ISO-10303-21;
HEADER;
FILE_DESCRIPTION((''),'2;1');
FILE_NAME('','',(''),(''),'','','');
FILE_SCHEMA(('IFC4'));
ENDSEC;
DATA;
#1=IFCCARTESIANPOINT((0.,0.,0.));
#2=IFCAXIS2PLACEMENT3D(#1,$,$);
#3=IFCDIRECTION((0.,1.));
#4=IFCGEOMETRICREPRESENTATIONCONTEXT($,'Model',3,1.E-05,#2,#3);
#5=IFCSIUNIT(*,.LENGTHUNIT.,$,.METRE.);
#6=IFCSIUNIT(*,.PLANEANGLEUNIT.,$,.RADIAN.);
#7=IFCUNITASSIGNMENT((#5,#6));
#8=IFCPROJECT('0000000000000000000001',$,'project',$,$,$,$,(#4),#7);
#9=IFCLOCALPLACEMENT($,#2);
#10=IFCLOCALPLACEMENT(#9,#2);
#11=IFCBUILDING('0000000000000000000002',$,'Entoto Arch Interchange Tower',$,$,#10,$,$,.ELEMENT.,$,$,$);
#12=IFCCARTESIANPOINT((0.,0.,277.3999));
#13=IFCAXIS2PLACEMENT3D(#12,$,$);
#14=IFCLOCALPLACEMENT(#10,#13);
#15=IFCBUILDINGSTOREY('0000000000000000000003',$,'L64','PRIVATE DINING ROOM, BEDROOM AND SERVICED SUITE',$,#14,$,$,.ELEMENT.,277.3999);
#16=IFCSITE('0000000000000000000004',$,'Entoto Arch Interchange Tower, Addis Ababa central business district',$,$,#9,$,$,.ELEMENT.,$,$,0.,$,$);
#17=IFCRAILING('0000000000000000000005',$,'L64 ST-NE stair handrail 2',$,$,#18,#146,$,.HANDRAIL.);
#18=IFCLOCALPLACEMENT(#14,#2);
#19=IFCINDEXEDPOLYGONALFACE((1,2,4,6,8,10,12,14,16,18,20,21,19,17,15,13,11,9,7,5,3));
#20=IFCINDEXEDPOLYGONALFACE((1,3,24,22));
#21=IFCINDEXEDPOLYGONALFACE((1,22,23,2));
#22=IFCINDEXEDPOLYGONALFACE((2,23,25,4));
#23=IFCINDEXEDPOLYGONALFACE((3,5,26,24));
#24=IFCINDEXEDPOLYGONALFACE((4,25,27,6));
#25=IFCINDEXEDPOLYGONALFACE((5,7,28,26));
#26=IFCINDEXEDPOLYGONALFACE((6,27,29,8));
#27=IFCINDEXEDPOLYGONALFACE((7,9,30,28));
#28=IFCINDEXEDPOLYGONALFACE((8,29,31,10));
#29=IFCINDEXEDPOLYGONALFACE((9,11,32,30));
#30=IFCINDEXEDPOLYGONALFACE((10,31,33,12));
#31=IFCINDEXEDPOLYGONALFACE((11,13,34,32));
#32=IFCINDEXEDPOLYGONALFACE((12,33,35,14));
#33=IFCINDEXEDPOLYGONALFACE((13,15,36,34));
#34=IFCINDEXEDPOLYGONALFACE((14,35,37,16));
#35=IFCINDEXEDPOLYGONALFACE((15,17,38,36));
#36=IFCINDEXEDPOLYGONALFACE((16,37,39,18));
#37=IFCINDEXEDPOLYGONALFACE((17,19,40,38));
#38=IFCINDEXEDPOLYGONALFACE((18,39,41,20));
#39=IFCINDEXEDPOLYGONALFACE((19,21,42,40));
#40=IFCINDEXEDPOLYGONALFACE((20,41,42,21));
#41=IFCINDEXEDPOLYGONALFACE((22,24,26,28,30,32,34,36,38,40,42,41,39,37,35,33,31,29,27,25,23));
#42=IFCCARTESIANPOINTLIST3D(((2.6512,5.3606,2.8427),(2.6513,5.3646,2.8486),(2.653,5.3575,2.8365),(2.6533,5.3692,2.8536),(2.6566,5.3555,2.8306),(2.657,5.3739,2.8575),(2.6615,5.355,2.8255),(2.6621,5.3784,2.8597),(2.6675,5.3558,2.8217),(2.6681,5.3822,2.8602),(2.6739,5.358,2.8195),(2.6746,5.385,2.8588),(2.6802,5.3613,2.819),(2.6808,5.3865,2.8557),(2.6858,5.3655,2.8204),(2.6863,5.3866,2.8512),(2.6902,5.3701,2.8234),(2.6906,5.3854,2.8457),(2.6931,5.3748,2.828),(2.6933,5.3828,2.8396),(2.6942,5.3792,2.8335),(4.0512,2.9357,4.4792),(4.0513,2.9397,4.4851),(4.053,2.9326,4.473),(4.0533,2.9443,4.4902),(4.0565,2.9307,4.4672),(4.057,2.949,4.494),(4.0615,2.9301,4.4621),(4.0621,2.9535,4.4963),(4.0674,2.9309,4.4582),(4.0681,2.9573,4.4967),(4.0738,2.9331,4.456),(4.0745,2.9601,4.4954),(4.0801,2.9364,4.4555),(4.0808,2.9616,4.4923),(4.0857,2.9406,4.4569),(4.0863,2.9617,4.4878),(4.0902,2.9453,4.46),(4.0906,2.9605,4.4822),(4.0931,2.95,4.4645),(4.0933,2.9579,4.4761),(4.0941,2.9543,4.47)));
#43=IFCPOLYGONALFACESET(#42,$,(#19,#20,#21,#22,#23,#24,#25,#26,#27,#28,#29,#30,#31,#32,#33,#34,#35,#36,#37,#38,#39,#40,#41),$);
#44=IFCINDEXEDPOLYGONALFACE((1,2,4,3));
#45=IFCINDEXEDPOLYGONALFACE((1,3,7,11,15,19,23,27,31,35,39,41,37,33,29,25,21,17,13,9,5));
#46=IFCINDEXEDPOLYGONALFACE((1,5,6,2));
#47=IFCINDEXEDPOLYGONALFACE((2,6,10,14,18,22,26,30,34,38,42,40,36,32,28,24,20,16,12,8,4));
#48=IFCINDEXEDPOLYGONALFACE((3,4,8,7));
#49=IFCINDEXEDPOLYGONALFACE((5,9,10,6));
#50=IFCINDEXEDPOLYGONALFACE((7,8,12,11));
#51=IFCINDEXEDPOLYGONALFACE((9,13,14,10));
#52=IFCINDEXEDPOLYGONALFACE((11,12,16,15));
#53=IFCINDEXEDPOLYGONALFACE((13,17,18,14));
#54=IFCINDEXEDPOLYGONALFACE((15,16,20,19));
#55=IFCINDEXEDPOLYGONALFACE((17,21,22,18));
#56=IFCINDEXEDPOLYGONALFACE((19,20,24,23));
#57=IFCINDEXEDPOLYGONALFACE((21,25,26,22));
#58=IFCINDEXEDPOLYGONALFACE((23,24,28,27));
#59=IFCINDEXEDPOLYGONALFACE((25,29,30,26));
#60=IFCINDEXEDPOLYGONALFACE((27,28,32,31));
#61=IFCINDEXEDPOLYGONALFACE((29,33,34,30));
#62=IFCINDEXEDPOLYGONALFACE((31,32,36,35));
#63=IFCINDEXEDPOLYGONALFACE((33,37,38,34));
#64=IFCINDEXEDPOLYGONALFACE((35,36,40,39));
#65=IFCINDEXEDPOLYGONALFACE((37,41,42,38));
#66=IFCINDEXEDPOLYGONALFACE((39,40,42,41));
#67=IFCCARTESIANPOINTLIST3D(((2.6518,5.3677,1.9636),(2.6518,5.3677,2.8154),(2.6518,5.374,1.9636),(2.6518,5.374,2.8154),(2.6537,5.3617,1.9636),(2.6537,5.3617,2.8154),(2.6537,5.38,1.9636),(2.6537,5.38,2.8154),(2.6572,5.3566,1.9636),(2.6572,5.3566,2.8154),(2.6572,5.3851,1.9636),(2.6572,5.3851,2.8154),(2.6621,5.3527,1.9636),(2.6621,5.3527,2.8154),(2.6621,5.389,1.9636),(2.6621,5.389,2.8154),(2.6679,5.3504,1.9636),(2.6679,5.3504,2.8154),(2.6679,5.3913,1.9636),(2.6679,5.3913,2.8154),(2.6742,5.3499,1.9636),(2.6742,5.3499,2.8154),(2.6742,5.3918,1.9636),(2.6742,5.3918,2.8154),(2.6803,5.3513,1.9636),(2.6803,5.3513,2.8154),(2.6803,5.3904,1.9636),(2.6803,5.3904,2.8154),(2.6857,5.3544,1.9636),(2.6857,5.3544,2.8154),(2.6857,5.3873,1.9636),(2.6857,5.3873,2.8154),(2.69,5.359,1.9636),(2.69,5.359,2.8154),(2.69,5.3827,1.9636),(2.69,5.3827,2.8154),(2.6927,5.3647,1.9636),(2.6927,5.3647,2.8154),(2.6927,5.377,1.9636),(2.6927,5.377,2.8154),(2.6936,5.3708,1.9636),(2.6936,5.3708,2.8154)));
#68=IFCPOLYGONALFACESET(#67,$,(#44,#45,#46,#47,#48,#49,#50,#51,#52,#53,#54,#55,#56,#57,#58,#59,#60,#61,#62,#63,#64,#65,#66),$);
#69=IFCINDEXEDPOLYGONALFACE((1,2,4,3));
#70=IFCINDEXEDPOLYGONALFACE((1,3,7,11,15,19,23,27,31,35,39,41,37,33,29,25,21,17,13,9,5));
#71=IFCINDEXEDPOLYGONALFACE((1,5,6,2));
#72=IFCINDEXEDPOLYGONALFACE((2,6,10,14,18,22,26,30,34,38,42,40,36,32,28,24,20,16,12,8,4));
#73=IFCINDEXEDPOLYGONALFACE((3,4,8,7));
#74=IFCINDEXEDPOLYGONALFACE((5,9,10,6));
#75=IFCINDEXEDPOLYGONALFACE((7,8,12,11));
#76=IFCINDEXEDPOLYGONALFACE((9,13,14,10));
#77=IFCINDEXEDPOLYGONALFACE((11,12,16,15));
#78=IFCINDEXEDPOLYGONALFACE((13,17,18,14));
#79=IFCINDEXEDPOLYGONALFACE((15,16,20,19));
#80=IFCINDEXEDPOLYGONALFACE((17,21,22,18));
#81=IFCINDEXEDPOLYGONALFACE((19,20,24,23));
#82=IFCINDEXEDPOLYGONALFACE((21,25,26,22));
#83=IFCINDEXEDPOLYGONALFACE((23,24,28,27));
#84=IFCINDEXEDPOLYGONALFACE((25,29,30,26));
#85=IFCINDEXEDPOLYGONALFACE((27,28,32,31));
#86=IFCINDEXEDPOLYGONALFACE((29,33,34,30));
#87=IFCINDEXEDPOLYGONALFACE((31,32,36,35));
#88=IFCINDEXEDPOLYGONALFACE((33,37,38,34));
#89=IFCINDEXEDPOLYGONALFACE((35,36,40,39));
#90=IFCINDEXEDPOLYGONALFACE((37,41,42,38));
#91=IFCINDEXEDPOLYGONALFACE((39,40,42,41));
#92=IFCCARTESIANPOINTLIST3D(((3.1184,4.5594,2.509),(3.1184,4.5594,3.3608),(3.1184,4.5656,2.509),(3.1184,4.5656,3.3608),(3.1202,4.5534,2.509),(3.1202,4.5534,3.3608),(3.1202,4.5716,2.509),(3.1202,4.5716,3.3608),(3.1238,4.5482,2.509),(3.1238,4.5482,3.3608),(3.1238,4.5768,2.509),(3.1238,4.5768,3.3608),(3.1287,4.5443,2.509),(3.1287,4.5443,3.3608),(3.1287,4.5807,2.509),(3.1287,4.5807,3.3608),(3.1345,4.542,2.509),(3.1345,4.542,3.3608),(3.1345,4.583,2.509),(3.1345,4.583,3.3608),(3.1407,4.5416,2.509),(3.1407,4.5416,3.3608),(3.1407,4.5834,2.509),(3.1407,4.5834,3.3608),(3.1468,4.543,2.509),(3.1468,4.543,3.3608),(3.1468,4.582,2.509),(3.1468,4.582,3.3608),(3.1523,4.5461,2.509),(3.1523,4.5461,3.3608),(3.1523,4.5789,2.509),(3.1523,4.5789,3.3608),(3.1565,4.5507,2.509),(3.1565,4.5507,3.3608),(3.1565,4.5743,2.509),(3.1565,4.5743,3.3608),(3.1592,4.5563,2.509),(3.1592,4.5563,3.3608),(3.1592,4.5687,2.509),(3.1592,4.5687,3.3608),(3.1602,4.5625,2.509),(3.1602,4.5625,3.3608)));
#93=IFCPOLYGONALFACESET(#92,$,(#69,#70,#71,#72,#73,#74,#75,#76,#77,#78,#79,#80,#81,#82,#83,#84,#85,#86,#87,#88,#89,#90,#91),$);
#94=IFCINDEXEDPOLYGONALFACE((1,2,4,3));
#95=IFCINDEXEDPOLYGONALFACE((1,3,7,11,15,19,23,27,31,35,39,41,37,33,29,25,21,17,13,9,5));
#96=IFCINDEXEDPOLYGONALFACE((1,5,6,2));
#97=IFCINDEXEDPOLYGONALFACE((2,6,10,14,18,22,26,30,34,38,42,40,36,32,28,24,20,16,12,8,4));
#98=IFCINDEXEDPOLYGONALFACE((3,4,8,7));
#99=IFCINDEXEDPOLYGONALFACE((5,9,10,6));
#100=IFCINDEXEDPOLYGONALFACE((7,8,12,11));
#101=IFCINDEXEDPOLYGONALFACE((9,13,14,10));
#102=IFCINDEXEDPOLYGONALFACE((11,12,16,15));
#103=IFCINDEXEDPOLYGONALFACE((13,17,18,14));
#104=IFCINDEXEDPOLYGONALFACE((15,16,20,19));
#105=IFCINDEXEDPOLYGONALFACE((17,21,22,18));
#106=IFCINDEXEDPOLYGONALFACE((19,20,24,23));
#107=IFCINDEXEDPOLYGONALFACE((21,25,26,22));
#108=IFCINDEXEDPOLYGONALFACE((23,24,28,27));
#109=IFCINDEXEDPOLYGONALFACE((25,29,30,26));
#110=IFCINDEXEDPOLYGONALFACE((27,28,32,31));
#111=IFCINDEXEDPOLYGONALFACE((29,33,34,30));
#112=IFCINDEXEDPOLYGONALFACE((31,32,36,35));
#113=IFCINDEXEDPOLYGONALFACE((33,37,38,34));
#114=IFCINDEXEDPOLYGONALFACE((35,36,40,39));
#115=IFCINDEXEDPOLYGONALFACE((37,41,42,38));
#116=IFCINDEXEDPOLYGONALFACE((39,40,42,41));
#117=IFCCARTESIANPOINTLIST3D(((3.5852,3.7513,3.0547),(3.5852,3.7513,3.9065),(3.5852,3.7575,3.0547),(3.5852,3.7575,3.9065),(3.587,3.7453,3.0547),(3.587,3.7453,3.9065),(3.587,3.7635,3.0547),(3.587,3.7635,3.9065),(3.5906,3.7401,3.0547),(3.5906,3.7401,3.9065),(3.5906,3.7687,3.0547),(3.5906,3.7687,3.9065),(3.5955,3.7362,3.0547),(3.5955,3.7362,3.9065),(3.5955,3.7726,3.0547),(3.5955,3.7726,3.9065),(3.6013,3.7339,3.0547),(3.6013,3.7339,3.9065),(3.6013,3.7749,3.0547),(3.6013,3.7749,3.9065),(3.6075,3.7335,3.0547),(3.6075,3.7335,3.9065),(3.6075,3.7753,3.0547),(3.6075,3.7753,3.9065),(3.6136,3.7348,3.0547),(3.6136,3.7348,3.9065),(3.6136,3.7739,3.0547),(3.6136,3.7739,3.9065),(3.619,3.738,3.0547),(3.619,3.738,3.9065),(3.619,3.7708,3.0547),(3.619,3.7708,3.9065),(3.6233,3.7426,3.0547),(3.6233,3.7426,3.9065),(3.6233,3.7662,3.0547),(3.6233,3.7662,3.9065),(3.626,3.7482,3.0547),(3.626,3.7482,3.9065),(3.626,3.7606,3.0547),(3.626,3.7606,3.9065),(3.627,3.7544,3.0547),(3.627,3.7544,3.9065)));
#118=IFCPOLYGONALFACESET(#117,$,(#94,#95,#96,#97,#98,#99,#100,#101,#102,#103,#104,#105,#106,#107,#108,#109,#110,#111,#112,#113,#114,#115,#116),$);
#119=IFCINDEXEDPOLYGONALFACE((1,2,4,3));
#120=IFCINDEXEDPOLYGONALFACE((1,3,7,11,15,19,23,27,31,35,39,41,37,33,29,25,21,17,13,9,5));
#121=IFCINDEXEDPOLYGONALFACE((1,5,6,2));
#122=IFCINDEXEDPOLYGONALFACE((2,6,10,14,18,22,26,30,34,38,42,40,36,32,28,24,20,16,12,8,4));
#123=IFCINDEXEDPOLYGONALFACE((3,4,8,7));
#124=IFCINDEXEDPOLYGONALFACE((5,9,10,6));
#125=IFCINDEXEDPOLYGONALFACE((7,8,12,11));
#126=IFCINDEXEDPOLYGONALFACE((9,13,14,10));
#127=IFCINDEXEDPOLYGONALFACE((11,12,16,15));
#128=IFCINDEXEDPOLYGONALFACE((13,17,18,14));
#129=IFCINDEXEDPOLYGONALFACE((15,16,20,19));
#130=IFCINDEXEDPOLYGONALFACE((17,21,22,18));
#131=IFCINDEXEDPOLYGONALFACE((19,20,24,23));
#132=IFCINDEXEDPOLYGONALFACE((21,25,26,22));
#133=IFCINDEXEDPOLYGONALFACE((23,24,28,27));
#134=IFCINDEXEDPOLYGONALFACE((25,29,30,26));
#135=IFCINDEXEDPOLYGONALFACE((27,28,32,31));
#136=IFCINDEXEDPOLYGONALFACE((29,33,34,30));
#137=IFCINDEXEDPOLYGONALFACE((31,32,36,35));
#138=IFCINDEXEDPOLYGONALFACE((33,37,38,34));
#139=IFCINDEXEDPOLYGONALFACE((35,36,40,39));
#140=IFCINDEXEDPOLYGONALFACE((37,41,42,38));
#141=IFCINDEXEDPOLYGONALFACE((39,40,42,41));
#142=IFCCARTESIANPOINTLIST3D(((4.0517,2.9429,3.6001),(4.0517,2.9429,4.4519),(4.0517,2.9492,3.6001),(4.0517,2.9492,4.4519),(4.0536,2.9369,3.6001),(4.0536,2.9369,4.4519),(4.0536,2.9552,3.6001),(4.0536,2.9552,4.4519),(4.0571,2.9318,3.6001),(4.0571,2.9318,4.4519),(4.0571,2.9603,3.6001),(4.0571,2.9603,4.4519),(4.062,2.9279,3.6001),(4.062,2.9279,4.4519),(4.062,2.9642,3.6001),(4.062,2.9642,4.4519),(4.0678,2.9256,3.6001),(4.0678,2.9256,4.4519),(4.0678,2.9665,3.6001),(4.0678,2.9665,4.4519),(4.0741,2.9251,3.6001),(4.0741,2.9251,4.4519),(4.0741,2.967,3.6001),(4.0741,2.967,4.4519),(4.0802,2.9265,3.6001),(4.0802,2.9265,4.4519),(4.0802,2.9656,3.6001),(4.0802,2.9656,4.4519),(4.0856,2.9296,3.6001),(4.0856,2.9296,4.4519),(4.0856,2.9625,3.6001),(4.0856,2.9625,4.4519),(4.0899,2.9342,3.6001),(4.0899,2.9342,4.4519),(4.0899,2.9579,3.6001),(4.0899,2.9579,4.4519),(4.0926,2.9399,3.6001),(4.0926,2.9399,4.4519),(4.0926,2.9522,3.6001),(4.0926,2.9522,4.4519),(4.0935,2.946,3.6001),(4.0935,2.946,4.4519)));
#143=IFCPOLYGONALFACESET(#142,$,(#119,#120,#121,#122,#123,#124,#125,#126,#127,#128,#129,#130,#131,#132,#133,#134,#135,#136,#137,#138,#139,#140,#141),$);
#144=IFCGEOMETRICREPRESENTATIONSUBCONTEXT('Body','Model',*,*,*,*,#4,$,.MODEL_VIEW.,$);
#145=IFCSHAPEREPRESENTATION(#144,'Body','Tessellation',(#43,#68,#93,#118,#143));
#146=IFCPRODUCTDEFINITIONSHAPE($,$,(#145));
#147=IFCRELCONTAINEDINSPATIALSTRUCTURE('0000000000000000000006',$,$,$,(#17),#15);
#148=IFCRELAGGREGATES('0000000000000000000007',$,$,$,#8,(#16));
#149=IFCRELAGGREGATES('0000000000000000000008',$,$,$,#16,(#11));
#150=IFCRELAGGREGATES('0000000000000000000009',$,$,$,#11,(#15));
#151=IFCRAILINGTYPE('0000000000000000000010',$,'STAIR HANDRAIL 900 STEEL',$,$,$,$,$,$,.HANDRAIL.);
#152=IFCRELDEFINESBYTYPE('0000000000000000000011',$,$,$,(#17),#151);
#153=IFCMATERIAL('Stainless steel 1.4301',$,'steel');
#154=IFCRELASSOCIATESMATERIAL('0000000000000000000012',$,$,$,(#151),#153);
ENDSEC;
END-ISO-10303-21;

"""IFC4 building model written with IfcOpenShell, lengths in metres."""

from ifc_helpers import new_model, si_unit, direction, frame, origin, origin_2d, place, context, subcontext, project, spatial, circle, extrude, material, type_object, element, save


model = new_model("IFC4")

# Units and contexts
model_context = context("Model", 3, precision=1e-05, world=origin(), true_north=direction((0.0, 1.0)))
body_context = subcontext(model_context, "Body", "Model", "MODEL_VIEW")
ifc_project = project(units=[si_unit("LENGTHUNIT", "METRE"), si_unit("PLANEANGLEUNIT", "RADIAN")], contexts=[model_context])

# Site, building, storey
site_placement = place(None, origin())
site = spatial("IfcSite", under=ifc_project, at=site_placement, Name="Entoto Arch Interchange Tower, Addis Ababa central business district", CompositionType="ELEMENT", RefElevation=0.0)
building_placement = place(site_placement, origin())
building = spatial("IfcBuilding", under=site, at=building_placement, Name="Entoto Arch Interchange Tower", CompositionType="ELEMENT")
storey_placement = place(building_placement, frame((0.0, 0.0, 277.3999)))
storey = spatial("IfcBuildingStorey", under=building, at=storey_placement, Name="L64", Description="PRIVATE DINING ROOM, BEDROOM AND SERVICED SUITE", CompositionType="ELEMENT", Elevation=277.3999)

# Railing
ifc_material_1 = material(Name="Stainless steel 1.4301", Category="steel")
railing_type_1 = type_object("IfcRailingType", Name="STAIR HANDRAIL 900 STEEL", PredefinedType="HANDRAIL", material=ifc_material_1)
railing_1_placement = place(storey_placement, frame((2.6726, 5.3708, 1.9636)))
element("IfcRailing", 1, at=railing_1_placement, inside=storey, type_object=railing_type_1, Name="L64 ST-NE stair handrail 2", PredefinedType="HANDRAIL", context=body_context, shape_type="SweptSolid", body=[
    extrude(circle(Radius=0.0239, at=origin_2d()), frame((0.0, 0.0, 0.876), z_axis=(0.431661, -0.74769, 0.504608), x_axis=(0.866035, 0.499984, 0.0)), (0.0, 0.0, 1.0), 3.2432),
    extrude(circle(Radius=0.021, at=origin_2d()), origin(), (0.0, 0.0, 1.0), 0.8518),
    extrude(circle(Radius=0.021, at=origin_2d()), frame((0.4666, -0.8083, 0.5454)), (0.0, 0.0, 1.0), 0.8518),
    extrude(circle(Radius=0.021, at=origin_2d()), frame((0.9333, -1.6165, 1.0911)), (0.0, 0.0, 1.0), 0.8518),
    extrude(circle(Radius=0.021, at=origin_2d()), frame((1.3999, -2.4248, 1.6365)), (0.0, 0.0, 1.0), 0.8518),
])

save(model, "model.ifc")
